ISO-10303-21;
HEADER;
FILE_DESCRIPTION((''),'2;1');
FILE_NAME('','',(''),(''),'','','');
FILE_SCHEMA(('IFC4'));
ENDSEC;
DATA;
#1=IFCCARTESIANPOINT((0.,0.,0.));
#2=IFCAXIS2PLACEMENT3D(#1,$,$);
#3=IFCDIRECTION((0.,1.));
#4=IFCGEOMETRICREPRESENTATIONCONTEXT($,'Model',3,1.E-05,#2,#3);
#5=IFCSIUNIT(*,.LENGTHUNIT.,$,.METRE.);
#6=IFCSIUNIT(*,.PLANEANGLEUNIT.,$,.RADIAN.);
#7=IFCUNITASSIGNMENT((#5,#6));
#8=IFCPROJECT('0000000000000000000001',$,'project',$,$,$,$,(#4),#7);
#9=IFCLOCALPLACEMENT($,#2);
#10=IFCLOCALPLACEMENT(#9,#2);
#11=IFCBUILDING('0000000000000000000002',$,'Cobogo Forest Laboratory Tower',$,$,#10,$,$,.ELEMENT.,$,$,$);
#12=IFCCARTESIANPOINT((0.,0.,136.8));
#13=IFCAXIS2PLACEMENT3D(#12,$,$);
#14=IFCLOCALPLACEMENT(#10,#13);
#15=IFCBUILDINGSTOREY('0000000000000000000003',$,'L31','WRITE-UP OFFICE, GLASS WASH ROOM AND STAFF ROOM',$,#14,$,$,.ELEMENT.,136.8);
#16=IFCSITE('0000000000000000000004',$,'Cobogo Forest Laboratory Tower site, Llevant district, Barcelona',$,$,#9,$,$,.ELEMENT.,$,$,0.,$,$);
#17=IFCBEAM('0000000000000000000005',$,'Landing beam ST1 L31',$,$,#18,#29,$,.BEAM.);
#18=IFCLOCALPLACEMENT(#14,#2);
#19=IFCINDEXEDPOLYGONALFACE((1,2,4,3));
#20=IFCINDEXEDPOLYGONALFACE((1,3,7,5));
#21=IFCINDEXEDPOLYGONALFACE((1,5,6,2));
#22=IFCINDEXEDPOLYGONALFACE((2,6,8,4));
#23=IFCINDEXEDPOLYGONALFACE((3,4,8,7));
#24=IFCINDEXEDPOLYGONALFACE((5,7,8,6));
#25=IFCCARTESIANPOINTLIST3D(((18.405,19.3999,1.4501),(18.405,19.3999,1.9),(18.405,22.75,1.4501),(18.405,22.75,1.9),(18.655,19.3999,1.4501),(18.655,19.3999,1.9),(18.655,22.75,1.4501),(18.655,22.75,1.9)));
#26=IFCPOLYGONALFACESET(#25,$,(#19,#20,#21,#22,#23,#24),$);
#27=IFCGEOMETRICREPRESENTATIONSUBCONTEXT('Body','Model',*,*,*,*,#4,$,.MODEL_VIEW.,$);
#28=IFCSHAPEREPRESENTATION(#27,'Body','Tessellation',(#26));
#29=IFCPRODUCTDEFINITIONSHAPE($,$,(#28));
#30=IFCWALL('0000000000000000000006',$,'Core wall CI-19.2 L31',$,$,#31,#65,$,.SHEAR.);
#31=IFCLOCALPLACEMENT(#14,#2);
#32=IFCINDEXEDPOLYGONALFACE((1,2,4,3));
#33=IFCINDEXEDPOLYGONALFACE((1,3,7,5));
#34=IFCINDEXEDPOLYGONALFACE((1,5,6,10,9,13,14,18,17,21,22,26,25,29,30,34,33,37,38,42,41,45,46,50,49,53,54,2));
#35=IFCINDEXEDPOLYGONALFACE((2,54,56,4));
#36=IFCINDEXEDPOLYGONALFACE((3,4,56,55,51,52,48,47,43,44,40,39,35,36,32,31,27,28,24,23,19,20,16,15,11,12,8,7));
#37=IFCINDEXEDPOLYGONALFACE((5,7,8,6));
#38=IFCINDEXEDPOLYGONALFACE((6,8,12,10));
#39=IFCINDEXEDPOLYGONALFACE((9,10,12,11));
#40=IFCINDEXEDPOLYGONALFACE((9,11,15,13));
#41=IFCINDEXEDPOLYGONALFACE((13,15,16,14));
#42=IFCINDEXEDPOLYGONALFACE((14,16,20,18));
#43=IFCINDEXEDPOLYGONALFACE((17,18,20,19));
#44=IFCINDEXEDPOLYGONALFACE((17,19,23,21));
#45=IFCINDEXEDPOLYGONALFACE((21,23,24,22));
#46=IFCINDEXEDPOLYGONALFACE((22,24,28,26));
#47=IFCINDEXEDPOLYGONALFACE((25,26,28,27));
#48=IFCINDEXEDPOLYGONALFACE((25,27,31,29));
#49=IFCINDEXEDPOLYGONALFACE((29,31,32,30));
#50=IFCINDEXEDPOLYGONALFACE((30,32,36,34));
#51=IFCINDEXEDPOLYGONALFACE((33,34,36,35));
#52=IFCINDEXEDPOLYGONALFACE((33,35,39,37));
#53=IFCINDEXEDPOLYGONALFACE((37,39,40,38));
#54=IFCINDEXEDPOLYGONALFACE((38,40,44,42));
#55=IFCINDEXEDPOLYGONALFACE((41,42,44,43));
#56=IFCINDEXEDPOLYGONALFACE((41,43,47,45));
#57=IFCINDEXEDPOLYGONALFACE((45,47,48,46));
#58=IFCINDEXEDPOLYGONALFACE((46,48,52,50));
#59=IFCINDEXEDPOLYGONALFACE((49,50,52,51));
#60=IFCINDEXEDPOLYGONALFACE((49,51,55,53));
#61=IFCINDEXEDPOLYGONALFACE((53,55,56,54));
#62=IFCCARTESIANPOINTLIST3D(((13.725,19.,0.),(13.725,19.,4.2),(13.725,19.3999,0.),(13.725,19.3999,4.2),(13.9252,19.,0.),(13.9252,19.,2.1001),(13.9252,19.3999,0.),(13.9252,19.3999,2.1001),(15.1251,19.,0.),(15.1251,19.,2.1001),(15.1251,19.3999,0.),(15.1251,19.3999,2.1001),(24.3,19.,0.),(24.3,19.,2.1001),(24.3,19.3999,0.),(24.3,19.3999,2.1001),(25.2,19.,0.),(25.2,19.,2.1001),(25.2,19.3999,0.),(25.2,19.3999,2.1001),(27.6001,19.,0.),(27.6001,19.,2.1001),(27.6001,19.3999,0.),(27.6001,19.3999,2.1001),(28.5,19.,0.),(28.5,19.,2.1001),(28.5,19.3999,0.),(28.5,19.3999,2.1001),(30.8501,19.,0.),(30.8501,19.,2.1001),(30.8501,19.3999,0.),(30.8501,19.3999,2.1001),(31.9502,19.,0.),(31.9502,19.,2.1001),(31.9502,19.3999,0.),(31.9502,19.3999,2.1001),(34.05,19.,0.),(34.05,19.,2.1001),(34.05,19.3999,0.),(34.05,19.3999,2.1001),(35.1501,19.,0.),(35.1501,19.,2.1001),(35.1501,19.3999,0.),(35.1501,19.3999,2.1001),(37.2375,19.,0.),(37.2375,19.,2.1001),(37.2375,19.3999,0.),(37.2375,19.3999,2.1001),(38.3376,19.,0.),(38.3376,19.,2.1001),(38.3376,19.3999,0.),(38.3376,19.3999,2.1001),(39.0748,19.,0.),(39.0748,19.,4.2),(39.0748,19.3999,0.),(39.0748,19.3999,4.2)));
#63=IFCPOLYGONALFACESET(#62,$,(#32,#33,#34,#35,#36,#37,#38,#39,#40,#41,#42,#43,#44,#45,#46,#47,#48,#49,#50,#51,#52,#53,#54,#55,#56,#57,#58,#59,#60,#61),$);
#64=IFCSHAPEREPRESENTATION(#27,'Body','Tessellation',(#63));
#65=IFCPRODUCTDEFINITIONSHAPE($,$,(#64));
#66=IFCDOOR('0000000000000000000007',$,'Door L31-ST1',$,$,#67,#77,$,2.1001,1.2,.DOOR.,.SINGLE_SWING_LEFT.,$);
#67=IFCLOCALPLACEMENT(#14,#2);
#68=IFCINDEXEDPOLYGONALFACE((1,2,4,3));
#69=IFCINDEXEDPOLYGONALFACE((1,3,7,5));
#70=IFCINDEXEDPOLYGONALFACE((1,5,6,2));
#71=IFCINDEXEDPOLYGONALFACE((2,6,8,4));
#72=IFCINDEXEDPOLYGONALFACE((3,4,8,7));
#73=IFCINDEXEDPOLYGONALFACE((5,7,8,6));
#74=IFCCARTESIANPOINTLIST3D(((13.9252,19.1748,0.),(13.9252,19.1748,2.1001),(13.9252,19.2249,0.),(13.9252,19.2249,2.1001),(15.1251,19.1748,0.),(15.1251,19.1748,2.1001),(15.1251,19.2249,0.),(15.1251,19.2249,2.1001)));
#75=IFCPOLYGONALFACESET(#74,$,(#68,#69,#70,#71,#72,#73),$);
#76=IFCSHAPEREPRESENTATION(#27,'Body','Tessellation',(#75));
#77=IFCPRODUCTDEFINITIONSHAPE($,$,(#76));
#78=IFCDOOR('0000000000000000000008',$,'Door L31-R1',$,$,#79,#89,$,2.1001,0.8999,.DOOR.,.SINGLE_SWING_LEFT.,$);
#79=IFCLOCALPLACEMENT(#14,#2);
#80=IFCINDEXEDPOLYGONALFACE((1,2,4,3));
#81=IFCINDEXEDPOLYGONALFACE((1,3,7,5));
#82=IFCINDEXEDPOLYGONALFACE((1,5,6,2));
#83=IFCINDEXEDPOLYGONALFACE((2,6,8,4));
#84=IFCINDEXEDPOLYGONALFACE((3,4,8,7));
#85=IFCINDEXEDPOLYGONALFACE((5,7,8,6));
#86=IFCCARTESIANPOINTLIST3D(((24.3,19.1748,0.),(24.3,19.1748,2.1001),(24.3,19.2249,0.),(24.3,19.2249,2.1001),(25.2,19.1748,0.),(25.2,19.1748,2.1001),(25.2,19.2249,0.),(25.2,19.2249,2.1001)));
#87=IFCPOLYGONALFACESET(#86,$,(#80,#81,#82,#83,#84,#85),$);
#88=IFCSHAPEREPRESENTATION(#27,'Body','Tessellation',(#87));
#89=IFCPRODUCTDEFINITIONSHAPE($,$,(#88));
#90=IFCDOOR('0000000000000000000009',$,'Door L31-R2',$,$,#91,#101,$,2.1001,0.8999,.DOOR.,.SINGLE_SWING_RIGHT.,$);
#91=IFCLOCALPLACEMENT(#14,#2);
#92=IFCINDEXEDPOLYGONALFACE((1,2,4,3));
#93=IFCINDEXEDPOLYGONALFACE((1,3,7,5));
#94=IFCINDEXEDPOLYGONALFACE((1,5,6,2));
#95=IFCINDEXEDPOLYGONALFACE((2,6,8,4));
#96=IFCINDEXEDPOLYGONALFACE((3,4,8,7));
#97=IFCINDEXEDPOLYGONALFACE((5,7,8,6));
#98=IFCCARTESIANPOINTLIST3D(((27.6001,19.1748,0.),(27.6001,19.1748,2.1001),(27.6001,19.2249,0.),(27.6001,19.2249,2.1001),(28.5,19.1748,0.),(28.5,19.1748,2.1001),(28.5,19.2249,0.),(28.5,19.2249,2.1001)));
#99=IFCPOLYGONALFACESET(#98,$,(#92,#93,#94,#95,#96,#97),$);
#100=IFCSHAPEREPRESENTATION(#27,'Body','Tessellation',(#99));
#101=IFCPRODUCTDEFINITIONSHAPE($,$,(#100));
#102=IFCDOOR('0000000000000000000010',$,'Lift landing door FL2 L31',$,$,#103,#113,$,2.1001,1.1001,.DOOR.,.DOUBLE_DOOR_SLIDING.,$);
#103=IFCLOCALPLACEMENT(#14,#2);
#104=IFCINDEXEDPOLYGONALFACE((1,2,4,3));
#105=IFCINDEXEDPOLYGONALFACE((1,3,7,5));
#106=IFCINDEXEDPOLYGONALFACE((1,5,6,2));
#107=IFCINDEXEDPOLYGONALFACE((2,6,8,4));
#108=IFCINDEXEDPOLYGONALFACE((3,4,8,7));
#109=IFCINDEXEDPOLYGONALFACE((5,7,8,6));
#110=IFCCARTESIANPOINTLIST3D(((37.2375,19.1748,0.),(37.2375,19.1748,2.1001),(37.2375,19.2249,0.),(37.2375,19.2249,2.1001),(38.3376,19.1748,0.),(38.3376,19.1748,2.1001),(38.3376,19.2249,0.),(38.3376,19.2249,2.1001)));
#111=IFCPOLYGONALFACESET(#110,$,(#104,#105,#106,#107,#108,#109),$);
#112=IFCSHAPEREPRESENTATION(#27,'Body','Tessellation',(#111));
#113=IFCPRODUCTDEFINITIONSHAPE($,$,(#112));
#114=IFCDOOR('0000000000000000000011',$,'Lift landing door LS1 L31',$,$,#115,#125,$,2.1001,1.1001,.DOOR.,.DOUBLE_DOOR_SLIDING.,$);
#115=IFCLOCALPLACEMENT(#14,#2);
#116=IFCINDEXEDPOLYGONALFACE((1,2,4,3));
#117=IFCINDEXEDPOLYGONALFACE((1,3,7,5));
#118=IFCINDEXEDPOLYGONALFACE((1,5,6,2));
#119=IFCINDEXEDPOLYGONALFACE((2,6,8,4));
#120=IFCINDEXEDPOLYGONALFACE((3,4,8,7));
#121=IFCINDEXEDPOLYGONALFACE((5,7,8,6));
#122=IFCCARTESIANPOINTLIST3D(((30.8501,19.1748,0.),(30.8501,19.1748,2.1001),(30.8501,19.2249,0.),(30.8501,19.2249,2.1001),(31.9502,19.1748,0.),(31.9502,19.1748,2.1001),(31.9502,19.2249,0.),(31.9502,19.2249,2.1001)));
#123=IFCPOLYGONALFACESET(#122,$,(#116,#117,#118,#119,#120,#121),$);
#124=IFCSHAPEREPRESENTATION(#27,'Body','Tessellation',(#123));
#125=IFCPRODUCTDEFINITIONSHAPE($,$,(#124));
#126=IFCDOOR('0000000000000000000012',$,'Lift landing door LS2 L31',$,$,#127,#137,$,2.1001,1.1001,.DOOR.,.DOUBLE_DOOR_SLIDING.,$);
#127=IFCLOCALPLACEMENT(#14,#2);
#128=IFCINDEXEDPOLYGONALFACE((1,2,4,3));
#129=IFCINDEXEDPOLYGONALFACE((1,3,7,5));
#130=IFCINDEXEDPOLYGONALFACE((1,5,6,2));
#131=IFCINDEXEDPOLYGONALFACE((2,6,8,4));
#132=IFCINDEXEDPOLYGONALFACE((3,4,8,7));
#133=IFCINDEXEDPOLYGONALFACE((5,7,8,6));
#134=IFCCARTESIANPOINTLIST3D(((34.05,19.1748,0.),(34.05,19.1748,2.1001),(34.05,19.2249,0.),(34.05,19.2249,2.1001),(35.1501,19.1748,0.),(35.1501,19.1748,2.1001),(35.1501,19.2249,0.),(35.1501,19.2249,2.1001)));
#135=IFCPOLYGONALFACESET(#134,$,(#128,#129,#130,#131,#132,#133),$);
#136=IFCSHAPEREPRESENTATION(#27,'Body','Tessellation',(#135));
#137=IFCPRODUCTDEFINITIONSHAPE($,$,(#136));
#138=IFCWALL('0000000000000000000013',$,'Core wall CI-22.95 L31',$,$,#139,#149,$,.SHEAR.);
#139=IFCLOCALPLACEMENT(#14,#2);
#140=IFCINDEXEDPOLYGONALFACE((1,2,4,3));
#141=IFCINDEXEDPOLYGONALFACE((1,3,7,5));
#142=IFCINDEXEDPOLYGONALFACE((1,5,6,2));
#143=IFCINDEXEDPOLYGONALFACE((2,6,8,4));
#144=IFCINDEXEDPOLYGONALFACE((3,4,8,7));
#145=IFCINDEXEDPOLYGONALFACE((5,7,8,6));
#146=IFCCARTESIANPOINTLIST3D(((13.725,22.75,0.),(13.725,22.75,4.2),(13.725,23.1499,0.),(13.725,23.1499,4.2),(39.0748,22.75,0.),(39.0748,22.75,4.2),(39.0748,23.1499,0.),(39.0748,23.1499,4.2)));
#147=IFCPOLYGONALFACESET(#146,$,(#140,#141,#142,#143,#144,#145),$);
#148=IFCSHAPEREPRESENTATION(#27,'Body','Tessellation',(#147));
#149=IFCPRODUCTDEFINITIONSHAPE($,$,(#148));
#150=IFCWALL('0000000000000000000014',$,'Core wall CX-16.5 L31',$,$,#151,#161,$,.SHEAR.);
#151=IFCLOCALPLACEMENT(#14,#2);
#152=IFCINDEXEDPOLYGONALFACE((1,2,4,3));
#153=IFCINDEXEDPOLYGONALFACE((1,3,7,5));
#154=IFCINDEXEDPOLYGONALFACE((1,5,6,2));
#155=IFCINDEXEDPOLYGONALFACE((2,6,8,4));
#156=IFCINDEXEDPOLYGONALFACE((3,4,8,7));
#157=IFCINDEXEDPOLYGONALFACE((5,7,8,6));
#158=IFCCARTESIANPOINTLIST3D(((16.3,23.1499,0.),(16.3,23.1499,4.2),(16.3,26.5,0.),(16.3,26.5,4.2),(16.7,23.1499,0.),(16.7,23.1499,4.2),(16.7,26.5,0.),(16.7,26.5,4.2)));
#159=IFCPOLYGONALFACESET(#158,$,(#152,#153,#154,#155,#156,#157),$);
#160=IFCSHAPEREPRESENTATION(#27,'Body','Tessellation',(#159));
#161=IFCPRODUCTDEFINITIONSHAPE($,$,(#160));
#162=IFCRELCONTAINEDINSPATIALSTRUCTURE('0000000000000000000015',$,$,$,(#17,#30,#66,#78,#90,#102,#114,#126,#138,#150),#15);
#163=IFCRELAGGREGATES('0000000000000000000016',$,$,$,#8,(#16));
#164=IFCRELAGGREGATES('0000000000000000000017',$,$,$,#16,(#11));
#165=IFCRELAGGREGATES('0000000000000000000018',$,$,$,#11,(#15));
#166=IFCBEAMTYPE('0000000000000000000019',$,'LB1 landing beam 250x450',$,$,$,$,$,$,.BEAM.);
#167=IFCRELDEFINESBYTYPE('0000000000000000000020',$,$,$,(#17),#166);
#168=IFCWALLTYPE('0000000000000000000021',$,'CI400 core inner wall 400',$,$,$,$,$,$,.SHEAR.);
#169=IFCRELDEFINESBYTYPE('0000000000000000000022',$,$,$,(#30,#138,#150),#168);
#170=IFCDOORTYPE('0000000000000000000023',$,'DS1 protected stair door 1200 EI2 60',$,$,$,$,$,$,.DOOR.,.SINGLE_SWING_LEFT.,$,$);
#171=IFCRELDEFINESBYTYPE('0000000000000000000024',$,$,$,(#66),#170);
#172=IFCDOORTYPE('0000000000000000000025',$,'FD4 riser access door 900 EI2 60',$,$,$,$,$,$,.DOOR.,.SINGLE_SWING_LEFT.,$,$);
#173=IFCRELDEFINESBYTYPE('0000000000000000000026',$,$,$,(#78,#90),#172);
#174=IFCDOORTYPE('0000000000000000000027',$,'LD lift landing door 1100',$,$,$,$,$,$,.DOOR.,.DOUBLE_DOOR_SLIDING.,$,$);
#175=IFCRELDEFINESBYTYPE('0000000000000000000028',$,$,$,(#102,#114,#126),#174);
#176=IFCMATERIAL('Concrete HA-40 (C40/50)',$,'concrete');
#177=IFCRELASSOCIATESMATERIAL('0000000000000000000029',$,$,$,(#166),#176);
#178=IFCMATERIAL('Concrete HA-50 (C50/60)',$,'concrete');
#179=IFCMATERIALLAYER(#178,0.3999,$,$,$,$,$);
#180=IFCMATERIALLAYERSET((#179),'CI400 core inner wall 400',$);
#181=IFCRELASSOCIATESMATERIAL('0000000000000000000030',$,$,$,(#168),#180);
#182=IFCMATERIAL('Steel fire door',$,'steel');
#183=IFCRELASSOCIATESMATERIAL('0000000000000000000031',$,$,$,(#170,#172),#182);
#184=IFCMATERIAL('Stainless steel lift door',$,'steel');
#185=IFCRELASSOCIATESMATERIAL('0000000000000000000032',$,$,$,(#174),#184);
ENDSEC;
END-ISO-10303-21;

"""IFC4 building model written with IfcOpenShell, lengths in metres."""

from ifc_helpers import new_model, si_unit, direction, frame, frame_2d, origin, origin_2d, place, context, subcontext, project, spatial, rectangle, extrude, material, layer, layer_set, material_profile, profile_set, type_object, element, fill, save


model = new_model("IFC4")

# Units and contexts
model_context = context("Model", 3, precision=1e-05, world=origin(), true_north=direction((0.0, 1.0)))
body_context = subcontext(model_context, "Body", "Model", "MODEL_VIEW")
ifc_project = project(units=[si_unit("LENGTHUNIT", "METRE"), si_unit("PLANEANGLEUNIT", "RADIAN")], contexts=[model_context])

# Site, building, storey
site_placement = place(None, origin())
site = spatial("IfcSite", under=ifc_project, at=site_placement, Name="Cobogo Forest Laboratory Tower site, Llevant district, Barcelona", CompositionType="ELEMENT", RefElevation=0.0)
building_placement = place(site_placement, origin())
building = spatial("IfcBuilding", under=site, at=building_placement, Name="Cobogo Forest Laboratory Tower", CompositionType="ELEMENT")
storey_placement = place(building_placement, frame((0.0, 0.0, 136.8)))
storey = spatial("IfcBuildingStorey", under=building, at=storey_placement, Name="L31", Description="WRITE-UP OFFICE, GLASS WASH ROOM AND STAFF ROOM", CompositionType="ELEMENT", Elevation=136.8)

# Beam
ifc_material_1 = material(Name="Concrete HA-40 (C40/50)", Category="concrete")
ifc_material_profile = material_profile(ifc_material_1, rectangle(XDim=0.25, YDim=0.45, at=origin_2d()), Name="RC 250x450")
ifc_profile_set = profile_set([ifc_material_profile], Name="Concrete HA-40 (C40/50)")
beam_type = type_object("IfcBeamType", Name="LB1 landing beam 250x450", PredefinedType="BEAM", material=ifc_profile_set)
beam_placement = place(storey_placement, frame((18.53, 19.3999, 1.675), z_axis=(0.0, 1.0, 0.0), x_axis=(-1.0, 0.0, 0.0)))
element("IfcBeam", 1, at=beam_placement, inside=storey, type_object=beam_type, Name="Landing beam ST1 L31", PredefinedType="BEAM", context=body_context, shape_type="SweptSolid", body=[
    extrude(rectangle(XDim=0.25, YDim=0.45, at=origin_2d()), origin(), (0.0, 0.0, 1.0), 3.3501),
])

# Wall, openings, doors
ifc_material_2 = material(Name="Concrete HA-50 (C50/60)", Category="concrete")
ifc_layer = layer(ifc_material_2, 0.3999)
ifc_layer_set = layer_set([ifc_layer], Name="CI400 core inner wall 400")
wall_type = type_object("IfcWallType", Name="CI400 core inner wall 400", PredefinedType="SHEAR", material=ifc_layer_set)
wall_1_placement = place(storey_placement, frame((13.7251, 19.2, 0.0), z_axis=(0.0, 0.0, 1.0), x_axis=(1.0, 0.0, 0.0)))
wall_1 = element("IfcWall", 2, at=wall_1_placement, inside=storey, type_object=wall_type, Name="Core wall CI-19.2 L31", PredefinedType="SHEAR", context=body_context, shape_type="SweptSolid", body=[
    extrude(rectangle(XDim=25.3499, YDim=0.3999, at=frame_2d((12.6748, 0.0))), origin(), (0.0, 0.0, 1.0), 4.2),
])
opening_1_placement = place(wall_1_placement, frame((10.575, 0.0, 0.0)))
opening_1 = element("IfcOpeningElement", 3, at=opening_1_placement, cuts=wall_1, PredefinedType="OPENING", context=body_context, shape_type="SweptSolid", body=[
    extrude(rectangle(XDim=0.8999, YDim=2.1001, at=frame_2d((0.45, 1.05))), frame((0.0, 0.21, 0.0), z_axis=(0.0, -1.0, 0.0), x_axis=(1.0, 0.0, 0.0)), (0.0, 0.0, 1.0), 0.4199),
])
opening_2_placement = place(wall_1_placement, frame((13.875, 0.0, 0.0)))
opening_2 = element("IfcOpeningElement", 4, at=opening_2_placement, cuts=wall_1, PredefinedType="OPENING", context=body_context, shape_type="SweptSolid", body=[
    extrude(rectangle(XDim=0.8999, YDim=2.1001, at=frame_2d((0.45, 1.05))), frame((0.0, 0.21, 0.0), z_axis=(0.0, -1.0, 0.0), x_axis=(1.0, 0.0, 0.0)), (0.0, 0.0, 1.0), 0.4199),
])
opening_3_placement = place(wall_1_placement, frame((0.2, 0.0, 0.0)))
opening_3 = element("IfcOpeningElement", 5, at=opening_3_placement, cuts=wall_1, PredefinedType="OPENING", context=body_context, shape_type="SweptSolid", body=[
    extrude(rectangle(XDim=1.2, YDim=2.1001, at=frame_2d((0.6001, 1.05))), frame((0.0, 0.21, 0.0), z_axis=(0.0, -1.0, 0.0), x_axis=(1.0, 0.0, 0.0)), (0.0, 0.0, 1.0), 0.4199),
])
opening_4_placement = place(wall_1_placement, frame((23.5125, 0.0, 0.0)))
opening_4 = element("IfcOpeningElement", 6, at=opening_4_placement, cuts=wall_1, PredefinedType="OPENING", context=body_context, shape_type="SweptSolid", body=[
    extrude(rectangle(XDim=1.1001, YDim=2.1001, at=frame_2d((0.55, 1.05))), frame((0.0, 0.21, 0.0), z_axis=(0.0, -1.0, 0.0), x_axis=(1.0, 0.0, 0.0)), (0.0, 0.0, 1.0), 0.4199),
])
opening_5_placement = place(wall_1_placement, frame((17.125, 0.0, 0.0)))
opening_5 = element("IfcOpeningElement", 7, at=opening_5_placement, cuts=wall_1, PredefinedType="OPENING", context=body_context, shape_type="SweptSolid", body=[
    extrude(rectangle(XDim=1.1001, YDim=2.1001, at=frame_2d((0.55, 1.05))), frame((0.0, 0.21, 0.0), z_axis=(0.0, -1.0, 0.0), x_axis=(1.0, 0.0, 0.0)), (0.0, 0.0, 1.0), 0.4199),
])
opening_6_placement = place(wall_1_placement, frame((20.325, 0.0, 0.0)))
opening_6 = element("IfcOpeningElement", 8, at=opening_6_placement, cuts=wall_1, PredefinedType="OPENING", context=body_context, shape_type="SweptSolid", body=[
    extrude(rectangle(XDim=1.1001, YDim=2.1001, at=frame_2d((0.55, 1.05))), frame((0.0, 0.21, 0.0), z_axis=(0.0, -1.0, 0.0), x_axis=(1.0, 0.0, 0.0)), (0.0, 0.0, 1.0), 0.4199),
])
ifc_material_3 = material(Name="Steel fire door", Category="steel")
door_type_1 = type_object("IfcDoorType", Name="DS1 protected stair door 1200 EI2 60", OperationType="SINGLE_SWING_LEFT", PredefinedType="DOOR", material=ifc_material_3)
door_1_placement = place(opening_3_placement, origin())
door_1 = element("IfcDoor", 9, at=door_1_placement, inside=storey, type_object=door_type_1, Name="Door L31-ST1", OperationType="SINGLE_SWING_LEFT", OverallHeight=2.1001, OverallWidth=1.2, PredefinedType="DOOR", context=body_context, shape_type="SweptSolid", body=[
    extrude(rectangle(XDim=1.2, YDim=2.1001, at=frame_2d((0.6001, 1.05))), frame((0.0, 0.0249, 0.0), z_axis=(0.0, -1.0, 0.0), x_axis=(1.0, 0.0, 0.0)), (0.0, 0.0, 1.0), 0.05),
])
fill(opening_3, door_1)
door_type_2 = type_object("IfcDoorType", Name="FD4 riser access door 900 EI2 60", OperationType="SINGLE_SWING_LEFT", PredefinedType="DOOR", material=ifc_material_3)
door_2_placement = place(opening_1_placement, origin())
door_2 = element("IfcDoor", 10, at=door_2_placement, inside=storey, type_object=door_type_2, Name="Door L31-R1", OperationType="SINGLE_SWING_LEFT", OverallHeight=2.1001, OverallWidth=0.8999, PredefinedType="DOOR", context=body_context, shape_type="SweptSolid", body=[
    extrude(rectangle(XDim=0.8999, YDim=2.1001, at=frame_2d((0.45, 1.05))), frame((0.0, 0.0249, 0.0), z_axis=(0.0, -1.0, 0.0), x_axis=(1.0, 0.0, 0.0)), (0.0, 0.0, 1.0), 0.05),
])
fill(opening_1, door_2)
door_3_placement = place(opening_2_placement, origin())
door_3 = element("IfcDoor", 11, at=door_3_placement, inside=storey, type_object=door_type_2, Name="Door L31-R2", OperationType="SINGLE_SWING_RIGHT", OverallHeight=2.1001, OverallWidth=0.8999, PredefinedType="DOOR", context=body_context, shape_type="SweptSolid", body=[
    extrude(rectangle(XDim=0.8999, YDim=2.1001, at=frame_2d((0.45, 1.05))), frame((0.0, 0.0249, 0.0), z_axis=(0.0, -1.0, 0.0), x_axis=(1.0, 0.0, 0.0)), (0.0, 0.0, 1.0), 0.05),
])
fill(opening_2, door_3)
ifc_material_4 = material(Name="Stainless steel lift door", Category="steel")
door_type_3 = type_object("IfcDoorType", Name="LD lift landing door 1100", OperationType="DOUBLE_DOOR_SLIDING", PredefinedType="DOOR", material=ifc_material_4)
door_4_placement = place(opening_4_placement, origin())
door_4 = element("IfcDoor", 12, at=door_4_placement, inside=storey, type_object=door_type_3, Name="Lift landing door FL2 L31", OperationType="DOUBLE_DOOR_SLIDING", OverallHeight=2.1001, OverallWidth=1.1001, PredefinedType="DOOR", context=body_context, shape_type="SweptSolid", body=[
    extrude(rectangle(XDim=1.1001, YDim=2.1001, at=frame_2d((0.55, 1.05))), frame((0.0, 0.0249, 0.0), z_axis=(0.0, -1.0, 0.0), x_axis=(1.0, 0.0, 0.0)), (0.0, 0.0, 1.0), 0.05),
])
fill(opening_4, door_4)
door_5_placement = place(opening_5_placement, origin())
door_5 = element("IfcDoor", 13, at=door_5_placement, inside=storey, type_object=door_type_3, Name="Lift landing door LS1 L31", OperationType="DOUBLE_DOOR_SLIDING", OverallHeight=2.1001, OverallWidth=1.1001, PredefinedType="DOOR", context=body_context, shape_type="SweptSolid", body=[
    extrude(rectangle(XDim=1.1001, YDim=2.1001, at=frame_2d((0.55, 1.05))), frame((0.0, 0.0249, 0.0), z_axis=(0.0, -1.0, 0.0), x_axis=(1.0, 0.0, 0.0)), (0.0, 0.0, 1.0), 0.05),
])
fill(opening_5, door_5)
door_6_placement = place(opening_6_placement, origin())
door_6 = element("IfcDoor", 14, at=door_6_placement, inside=storey, type_object=door_type_3, Name="Lift landing door LS2 L31", OperationType="DOUBLE_DOOR_SLIDING", OverallHeight=2.1001, OverallWidth=1.1001, PredefinedType="DOOR", context=body_context, shape_type="SweptSolid", body=[
    extrude(rectangle(XDim=1.1001, YDim=2.1001, at=frame_2d((0.55, 1.05))), frame((0.0, 0.0249, 0.0), z_axis=(0.0, -1.0, 0.0), x_axis=(1.0, 0.0, 0.0)), (0.0, 0.0, 1.0), 0.05),
])
fill(opening_6, door_6)

# Walls
wall_2_placement = place(storey_placement, frame((13.7251, 22.95, 0.0), z_axis=(0.0, 0.0, 1.0), x_axis=(1.0, 0.0, 0.0)))
element("IfcWall", 15, at=wall_2_placement, inside=storey, type_object=wall_type, Name="Core wall CI-22.95 L31", PredefinedType="SHEAR", context=body_context, shape_type="SweptSolid", body=[
    extrude(rectangle(XDim=25.3499, YDim=0.3999, at=frame_2d((12.6748, 0.0))), origin(), (0.0, 0.0, 1.0), 4.2),
])
wall_3_placement = place(storey_placement, frame((16.5, 23.1499, 0.0), z_axis=(0.0, 0.0, 1.0), x_axis=(0.0, 1.0, 0.0)))
element("IfcWall", 16, at=wall_3_placement, inside=storey, type_object=wall_type, Name="Core wall CX-16.5 L31", PredefinedType="SHEAR", context=body_context, shape_type="SweptSolid", body=[
    extrude(rectangle(XDim=3.3501, YDim=0.3999, at=frame_2d((1.675, 0.0))), origin(), (0.0, 0.0, 1.0), 4.2),
])

save(model, "model.ifc")
